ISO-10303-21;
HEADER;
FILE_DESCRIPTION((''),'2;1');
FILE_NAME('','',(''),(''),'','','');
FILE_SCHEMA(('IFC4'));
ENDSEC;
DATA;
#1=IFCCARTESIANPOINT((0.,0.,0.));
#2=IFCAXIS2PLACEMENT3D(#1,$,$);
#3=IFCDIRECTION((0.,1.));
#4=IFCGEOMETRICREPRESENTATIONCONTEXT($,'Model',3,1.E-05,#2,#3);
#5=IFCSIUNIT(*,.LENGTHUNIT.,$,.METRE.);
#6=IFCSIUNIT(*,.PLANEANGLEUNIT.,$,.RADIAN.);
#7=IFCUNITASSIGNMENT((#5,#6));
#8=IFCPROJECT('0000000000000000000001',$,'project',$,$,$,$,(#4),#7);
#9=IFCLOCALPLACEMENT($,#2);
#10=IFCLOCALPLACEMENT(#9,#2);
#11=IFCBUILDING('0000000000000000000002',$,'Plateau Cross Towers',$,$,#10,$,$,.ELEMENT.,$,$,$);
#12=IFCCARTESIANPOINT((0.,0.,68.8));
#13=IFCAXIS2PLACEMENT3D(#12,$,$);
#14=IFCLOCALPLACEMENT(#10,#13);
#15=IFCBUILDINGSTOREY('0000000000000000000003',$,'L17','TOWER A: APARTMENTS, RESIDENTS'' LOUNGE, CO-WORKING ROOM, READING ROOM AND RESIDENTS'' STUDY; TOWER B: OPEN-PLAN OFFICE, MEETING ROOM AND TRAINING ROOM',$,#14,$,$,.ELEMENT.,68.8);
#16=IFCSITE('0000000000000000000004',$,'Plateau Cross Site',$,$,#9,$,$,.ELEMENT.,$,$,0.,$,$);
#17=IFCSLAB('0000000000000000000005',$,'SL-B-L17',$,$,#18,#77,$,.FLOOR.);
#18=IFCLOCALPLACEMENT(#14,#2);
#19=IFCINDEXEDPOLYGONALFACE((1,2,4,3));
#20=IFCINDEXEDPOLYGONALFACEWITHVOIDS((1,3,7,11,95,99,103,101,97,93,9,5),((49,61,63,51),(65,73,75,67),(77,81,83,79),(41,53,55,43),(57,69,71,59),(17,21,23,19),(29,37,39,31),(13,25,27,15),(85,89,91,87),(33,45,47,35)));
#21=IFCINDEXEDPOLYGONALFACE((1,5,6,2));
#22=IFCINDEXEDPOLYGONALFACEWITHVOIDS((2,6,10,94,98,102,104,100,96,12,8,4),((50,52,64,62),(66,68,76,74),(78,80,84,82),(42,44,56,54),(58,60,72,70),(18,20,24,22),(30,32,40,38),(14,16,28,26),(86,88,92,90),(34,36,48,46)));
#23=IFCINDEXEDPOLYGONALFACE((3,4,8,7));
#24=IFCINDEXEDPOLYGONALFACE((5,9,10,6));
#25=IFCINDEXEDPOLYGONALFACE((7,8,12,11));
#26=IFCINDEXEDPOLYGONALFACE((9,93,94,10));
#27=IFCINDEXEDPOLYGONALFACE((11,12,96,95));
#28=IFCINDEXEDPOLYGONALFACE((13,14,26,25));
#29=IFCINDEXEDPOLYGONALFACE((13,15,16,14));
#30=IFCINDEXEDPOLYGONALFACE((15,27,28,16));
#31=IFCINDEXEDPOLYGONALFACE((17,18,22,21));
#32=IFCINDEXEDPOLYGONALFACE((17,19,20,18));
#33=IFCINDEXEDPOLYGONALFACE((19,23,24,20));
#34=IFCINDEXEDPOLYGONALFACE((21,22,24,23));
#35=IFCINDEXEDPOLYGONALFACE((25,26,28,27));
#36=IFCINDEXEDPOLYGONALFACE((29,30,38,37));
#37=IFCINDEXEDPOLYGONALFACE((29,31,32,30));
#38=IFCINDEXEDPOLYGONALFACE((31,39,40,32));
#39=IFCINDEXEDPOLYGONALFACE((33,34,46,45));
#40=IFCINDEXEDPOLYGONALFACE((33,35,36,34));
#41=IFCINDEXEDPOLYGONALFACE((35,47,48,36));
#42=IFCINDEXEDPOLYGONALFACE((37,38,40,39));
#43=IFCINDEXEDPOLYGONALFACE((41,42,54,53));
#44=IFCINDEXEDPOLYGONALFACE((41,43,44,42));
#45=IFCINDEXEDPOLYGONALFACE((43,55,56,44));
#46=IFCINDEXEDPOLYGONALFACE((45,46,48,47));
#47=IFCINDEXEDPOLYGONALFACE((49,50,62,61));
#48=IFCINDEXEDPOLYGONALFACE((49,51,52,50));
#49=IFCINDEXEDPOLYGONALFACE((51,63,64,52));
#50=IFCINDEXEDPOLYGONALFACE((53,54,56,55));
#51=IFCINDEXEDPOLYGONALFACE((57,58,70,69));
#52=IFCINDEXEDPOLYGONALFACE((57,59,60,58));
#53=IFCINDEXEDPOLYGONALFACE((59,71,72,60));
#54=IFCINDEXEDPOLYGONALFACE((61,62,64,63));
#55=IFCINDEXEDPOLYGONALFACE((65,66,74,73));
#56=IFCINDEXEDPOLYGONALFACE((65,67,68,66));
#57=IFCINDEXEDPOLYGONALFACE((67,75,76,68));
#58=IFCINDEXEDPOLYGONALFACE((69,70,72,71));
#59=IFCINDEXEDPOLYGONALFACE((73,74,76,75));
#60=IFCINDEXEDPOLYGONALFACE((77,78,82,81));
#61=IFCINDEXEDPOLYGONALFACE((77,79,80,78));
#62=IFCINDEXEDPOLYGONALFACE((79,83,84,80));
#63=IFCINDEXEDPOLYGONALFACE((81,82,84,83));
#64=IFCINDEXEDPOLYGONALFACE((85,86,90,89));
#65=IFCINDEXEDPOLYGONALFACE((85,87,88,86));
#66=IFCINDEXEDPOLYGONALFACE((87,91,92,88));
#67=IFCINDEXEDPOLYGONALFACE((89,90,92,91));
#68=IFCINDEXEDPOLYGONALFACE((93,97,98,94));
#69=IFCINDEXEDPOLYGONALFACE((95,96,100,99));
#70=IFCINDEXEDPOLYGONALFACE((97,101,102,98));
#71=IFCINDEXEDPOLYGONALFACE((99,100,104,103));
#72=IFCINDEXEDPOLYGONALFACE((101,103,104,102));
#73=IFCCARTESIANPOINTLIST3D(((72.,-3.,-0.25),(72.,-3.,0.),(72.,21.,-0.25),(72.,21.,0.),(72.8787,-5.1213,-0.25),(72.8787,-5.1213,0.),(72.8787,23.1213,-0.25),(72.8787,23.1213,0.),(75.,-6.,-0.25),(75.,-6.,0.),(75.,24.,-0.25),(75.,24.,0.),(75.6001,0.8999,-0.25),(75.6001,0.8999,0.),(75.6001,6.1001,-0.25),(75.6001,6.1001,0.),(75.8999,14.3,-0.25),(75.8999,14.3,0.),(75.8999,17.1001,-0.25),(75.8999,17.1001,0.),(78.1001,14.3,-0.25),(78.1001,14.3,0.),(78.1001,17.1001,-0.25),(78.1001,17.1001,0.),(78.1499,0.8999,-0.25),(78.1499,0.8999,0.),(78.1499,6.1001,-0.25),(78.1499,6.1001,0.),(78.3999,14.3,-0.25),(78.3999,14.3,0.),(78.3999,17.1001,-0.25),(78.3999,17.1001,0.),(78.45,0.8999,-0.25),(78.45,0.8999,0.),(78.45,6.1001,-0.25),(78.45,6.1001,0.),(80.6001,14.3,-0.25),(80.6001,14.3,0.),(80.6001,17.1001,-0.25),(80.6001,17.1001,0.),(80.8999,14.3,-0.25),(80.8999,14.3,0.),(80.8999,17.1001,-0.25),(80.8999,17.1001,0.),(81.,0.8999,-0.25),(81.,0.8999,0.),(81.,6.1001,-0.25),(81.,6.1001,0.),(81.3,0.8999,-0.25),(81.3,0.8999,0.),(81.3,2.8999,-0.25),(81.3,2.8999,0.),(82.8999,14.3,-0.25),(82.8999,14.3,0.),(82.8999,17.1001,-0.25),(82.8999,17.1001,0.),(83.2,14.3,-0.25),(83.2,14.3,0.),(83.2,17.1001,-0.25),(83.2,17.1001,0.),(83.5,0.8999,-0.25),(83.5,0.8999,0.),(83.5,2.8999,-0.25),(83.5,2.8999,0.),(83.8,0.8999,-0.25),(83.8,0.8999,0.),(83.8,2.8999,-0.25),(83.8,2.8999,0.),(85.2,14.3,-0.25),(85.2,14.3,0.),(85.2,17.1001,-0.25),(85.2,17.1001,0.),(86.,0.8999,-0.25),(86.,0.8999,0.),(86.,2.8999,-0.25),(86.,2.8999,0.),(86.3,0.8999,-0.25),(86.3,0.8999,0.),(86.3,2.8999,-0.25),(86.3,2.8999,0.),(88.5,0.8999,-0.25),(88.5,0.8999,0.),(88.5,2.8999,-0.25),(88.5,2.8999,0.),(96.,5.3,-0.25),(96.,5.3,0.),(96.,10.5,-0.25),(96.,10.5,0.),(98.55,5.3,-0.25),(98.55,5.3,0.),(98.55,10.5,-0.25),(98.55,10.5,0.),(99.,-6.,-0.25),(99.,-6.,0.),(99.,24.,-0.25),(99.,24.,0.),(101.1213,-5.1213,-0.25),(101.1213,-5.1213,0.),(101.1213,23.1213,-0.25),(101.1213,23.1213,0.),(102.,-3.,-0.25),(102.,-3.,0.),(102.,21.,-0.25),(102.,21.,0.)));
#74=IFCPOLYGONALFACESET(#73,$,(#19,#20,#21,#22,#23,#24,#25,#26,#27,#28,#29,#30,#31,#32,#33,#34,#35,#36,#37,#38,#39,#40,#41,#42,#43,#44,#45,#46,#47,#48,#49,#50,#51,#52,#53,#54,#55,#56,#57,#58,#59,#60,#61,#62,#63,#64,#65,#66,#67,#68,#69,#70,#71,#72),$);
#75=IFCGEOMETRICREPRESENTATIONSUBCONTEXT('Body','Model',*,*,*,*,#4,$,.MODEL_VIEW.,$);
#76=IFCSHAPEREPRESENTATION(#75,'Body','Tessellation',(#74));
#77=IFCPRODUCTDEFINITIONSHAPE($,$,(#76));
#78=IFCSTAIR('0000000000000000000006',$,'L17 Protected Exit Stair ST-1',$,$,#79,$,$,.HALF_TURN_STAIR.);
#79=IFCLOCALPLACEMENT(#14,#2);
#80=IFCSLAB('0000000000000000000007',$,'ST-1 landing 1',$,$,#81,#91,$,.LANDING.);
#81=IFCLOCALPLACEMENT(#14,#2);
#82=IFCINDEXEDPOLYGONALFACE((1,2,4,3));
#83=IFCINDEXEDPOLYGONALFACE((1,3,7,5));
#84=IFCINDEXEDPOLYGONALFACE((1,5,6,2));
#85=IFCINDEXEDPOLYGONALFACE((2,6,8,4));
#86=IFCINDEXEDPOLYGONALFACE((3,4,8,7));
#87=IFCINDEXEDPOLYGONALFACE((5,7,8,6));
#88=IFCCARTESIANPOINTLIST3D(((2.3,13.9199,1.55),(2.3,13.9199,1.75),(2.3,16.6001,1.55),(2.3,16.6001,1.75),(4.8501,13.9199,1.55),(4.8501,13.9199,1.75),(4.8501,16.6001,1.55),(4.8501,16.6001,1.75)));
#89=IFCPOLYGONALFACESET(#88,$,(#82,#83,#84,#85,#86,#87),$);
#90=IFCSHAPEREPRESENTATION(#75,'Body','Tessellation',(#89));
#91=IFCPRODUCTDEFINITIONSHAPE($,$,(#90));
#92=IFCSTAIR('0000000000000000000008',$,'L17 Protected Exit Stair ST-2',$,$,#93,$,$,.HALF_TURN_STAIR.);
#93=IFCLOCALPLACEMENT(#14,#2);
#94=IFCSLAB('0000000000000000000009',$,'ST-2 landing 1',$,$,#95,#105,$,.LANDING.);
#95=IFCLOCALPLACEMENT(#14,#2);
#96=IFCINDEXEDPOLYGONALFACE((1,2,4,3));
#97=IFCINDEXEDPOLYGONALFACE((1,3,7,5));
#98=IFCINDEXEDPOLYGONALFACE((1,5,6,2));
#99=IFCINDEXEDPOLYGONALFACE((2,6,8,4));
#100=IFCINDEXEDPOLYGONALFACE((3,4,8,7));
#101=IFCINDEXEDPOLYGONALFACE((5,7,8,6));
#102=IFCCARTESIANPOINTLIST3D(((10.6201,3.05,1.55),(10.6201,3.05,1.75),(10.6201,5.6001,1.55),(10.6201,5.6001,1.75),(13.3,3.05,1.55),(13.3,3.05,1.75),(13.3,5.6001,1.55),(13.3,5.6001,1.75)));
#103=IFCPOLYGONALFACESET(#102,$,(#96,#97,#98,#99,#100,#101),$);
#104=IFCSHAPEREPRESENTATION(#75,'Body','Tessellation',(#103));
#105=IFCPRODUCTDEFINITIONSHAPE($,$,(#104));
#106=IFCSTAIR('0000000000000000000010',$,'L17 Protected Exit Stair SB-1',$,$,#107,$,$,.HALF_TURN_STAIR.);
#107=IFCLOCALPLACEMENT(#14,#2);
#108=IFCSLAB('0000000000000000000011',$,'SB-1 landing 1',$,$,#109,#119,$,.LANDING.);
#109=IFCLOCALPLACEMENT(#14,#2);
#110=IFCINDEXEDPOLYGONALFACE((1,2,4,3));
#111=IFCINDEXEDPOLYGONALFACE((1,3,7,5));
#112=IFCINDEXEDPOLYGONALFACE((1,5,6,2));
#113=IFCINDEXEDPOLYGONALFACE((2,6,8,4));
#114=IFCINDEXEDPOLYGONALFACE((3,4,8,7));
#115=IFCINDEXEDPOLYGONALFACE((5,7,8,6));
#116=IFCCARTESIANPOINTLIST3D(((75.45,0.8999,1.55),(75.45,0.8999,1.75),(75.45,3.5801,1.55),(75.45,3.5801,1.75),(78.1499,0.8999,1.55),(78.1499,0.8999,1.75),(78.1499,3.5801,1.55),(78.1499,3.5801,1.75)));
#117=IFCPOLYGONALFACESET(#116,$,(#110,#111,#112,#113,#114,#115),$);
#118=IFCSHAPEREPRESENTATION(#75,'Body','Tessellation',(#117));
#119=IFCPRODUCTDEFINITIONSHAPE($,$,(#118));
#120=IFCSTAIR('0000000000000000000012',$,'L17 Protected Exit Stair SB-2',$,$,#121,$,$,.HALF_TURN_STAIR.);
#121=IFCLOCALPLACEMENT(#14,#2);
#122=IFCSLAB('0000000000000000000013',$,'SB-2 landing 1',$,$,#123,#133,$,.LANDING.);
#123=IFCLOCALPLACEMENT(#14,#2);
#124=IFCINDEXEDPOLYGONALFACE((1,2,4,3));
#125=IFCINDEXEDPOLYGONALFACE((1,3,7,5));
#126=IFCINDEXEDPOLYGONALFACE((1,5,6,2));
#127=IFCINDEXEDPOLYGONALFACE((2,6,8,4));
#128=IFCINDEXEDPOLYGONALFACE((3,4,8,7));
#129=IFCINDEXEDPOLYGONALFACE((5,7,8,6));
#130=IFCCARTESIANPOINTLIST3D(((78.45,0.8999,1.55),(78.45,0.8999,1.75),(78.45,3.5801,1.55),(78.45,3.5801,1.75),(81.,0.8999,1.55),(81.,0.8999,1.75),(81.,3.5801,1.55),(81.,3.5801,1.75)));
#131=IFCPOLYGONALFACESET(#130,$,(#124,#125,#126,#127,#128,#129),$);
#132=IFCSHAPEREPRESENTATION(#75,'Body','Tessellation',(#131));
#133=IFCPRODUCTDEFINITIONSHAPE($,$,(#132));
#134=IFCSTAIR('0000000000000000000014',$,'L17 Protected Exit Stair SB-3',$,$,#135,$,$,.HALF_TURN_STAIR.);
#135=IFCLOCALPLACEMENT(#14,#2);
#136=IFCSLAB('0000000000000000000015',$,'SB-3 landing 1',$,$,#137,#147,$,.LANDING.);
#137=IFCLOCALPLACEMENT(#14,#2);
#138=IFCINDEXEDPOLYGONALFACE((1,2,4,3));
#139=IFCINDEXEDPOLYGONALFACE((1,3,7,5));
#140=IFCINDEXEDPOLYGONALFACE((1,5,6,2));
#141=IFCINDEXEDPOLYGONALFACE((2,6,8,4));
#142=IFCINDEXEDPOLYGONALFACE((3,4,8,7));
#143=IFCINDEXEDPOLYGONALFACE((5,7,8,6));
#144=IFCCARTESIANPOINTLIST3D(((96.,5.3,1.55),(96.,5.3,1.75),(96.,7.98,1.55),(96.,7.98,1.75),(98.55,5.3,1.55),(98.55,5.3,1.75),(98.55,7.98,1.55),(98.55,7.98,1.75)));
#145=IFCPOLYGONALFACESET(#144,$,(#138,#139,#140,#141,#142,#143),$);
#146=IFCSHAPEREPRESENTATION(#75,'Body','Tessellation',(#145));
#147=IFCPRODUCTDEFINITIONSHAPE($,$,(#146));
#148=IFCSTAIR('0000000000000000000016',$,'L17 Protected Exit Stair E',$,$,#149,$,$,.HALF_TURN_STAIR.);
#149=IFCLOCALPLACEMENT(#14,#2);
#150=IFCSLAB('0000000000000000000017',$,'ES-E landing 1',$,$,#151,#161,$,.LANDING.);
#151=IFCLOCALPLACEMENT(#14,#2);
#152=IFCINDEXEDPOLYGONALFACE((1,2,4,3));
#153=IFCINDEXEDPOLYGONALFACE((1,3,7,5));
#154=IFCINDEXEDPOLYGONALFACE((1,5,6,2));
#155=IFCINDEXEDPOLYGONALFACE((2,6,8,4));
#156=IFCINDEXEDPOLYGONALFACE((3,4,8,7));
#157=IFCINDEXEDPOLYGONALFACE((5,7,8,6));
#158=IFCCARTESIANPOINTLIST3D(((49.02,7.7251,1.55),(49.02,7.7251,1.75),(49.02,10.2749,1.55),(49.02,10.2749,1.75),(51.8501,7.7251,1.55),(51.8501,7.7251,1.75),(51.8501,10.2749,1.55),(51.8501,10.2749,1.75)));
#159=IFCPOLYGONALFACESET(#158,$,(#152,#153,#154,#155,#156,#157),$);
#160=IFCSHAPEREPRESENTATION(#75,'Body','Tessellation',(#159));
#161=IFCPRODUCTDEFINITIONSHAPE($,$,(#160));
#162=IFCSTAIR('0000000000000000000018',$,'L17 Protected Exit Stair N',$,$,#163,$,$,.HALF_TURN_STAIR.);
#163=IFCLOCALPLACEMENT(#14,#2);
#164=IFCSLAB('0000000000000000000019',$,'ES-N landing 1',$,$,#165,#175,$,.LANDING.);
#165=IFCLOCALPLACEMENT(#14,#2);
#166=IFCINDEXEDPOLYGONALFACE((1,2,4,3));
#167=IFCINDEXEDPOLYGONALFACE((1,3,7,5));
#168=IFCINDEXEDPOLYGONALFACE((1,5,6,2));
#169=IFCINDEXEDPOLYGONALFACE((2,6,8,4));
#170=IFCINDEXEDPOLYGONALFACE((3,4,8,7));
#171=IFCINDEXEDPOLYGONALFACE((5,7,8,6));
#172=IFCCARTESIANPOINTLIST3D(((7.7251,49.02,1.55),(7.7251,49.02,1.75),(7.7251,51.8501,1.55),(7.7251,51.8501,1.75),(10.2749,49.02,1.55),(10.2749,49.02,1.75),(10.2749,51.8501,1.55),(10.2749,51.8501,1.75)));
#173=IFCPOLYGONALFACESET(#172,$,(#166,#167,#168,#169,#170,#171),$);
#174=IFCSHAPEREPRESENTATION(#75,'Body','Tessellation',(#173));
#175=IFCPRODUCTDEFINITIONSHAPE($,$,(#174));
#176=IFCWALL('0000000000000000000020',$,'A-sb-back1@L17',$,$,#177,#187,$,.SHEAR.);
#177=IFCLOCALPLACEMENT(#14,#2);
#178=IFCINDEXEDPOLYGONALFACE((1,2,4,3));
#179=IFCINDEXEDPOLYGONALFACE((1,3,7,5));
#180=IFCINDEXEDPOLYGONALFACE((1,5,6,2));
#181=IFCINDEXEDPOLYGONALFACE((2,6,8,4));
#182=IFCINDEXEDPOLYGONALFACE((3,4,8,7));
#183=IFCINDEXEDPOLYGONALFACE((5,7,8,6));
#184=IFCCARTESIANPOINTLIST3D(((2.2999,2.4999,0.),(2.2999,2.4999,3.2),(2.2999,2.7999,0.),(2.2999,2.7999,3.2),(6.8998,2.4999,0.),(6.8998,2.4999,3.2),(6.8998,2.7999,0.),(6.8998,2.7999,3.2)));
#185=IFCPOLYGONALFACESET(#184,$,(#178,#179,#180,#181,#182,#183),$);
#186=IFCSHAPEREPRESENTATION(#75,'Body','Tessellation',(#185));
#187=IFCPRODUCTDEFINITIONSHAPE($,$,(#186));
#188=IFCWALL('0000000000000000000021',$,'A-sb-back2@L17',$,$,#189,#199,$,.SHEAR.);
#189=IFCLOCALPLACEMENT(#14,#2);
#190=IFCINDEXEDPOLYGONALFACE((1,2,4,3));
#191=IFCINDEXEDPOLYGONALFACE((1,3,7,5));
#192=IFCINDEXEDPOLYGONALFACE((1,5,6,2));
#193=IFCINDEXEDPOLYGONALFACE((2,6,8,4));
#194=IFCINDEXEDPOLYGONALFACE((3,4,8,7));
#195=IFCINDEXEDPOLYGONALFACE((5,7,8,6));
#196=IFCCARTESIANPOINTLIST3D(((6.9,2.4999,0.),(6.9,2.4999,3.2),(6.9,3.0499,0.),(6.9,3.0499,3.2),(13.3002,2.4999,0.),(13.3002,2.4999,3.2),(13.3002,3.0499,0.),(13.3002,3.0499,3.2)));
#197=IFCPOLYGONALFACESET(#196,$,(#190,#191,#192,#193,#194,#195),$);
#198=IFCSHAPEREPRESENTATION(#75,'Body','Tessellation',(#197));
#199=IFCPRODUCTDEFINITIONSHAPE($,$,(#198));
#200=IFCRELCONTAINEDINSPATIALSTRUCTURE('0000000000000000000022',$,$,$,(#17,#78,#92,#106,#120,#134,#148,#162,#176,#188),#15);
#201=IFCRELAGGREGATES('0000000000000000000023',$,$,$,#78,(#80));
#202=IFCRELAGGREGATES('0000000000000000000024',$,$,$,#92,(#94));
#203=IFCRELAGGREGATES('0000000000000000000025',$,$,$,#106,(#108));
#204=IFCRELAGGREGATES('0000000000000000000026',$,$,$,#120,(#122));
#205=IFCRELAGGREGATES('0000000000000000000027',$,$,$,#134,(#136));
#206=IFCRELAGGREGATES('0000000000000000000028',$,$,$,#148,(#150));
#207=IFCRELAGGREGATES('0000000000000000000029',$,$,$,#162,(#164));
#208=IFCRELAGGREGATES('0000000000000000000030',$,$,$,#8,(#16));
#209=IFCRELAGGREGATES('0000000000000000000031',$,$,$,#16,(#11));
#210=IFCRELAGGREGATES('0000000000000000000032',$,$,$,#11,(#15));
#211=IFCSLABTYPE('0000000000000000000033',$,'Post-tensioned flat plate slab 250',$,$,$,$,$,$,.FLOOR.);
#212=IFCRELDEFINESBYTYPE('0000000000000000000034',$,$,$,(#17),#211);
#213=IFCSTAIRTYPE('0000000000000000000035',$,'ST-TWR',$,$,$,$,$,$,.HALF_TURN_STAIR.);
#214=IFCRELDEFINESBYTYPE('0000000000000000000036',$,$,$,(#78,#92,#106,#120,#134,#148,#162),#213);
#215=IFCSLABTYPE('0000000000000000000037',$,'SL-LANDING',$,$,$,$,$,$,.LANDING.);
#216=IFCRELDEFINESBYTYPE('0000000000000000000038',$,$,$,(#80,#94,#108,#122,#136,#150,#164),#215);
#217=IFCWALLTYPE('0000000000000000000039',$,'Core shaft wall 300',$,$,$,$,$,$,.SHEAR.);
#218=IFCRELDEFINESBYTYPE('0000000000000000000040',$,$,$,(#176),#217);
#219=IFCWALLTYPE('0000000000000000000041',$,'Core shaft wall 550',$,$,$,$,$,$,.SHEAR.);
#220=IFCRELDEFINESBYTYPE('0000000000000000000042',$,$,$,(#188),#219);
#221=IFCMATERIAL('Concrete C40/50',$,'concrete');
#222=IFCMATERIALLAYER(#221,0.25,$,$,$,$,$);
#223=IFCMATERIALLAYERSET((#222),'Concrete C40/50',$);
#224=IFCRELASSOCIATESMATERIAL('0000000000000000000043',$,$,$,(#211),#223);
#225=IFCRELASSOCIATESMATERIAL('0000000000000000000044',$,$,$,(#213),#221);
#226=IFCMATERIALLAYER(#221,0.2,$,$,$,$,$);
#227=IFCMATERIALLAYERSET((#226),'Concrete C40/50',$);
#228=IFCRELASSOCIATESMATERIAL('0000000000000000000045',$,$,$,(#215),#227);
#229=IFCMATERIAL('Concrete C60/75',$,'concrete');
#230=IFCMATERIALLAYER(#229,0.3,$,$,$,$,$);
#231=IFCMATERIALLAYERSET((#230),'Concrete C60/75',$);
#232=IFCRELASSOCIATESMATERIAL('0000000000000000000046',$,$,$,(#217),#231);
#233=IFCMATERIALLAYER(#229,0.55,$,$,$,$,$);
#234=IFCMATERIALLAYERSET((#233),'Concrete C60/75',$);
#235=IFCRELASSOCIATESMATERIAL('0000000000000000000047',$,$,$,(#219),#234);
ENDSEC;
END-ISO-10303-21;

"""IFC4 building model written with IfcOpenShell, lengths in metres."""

from ifc_helpers import new_model, si_unit, direction, frame, frame_2d, origin, place, context, subcontext, project, spatial, polyline, rectangle, outline, extrude, material, layer, layer_set, type_object, element, aggregate, save


model = new_model("IFC4")

# Units and contexts
model_context = context("Model", 3, precision=1e-05, world=origin(), true_north=direction((0.0, 1.0)))
body_context = subcontext(model_context, "Body", "Model", "MODEL_VIEW")
ifc_project = project(units=[si_unit("LENGTHUNIT", "METRE"), si_unit("PLANEANGLEUNIT", "RADIAN")], contexts=[model_context])

# Site, building, storey
site_placement = place(None, origin())
site = spatial("IfcSite", under=ifc_project, at=site_placement, Name="Plateau Cross Site", CompositionType="ELEMENT", RefElevation=0.0)
building_placement = place(site_placement, origin())
building = spatial("IfcBuilding", under=site, at=building_placement, Name="Plateau Cross Towers", CompositionType="ELEMENT")
storey_placement = place(building_placement, frame((0.0, 0.0, 68.8)))
storey = spatial("IfcBuildingStorey", under=building, at=storey_placement, Name="L17", Description="TOWER A: APARTMENTS, RESIDENTS' LOUNGE, CO-WORKING ROOM, READING ROOM AND RESIDENTS' STUDY; TOWER B: OPEN-PLAN OFFICE, MEETING ROOM AND TRAINING ROOM", CompositionType="ELEMENT", Elevation=68.8)

# Shared definitions
ifc_material_1 = material(Name="Concrete C60/75", Category="concrete")

# Shared definitions
ifc_material_2 = material(Name="Concrete C40/50", Category="concrete")

# Slab
ifc_layer_1 = layer(ifc_material_2, 0.25)
ifc_layer_set_1 = layer_set([ifc_layer_1], Name="Concrete C40/50")
slab_type_1 = type_object("IfcSlabType", Name="Post-tensioned flat plate slab 250", PredefinedType="FLOOR", material=ifc_layer_set_1)
slab_1_placement = place(storey_placement, frame((0.0, 0.0, -0.25)))
element("IfcSlab", 1, at=slab_1_placement, inside=storey, type_object=slab_type_1, Name="SL-B-L17", PredefinedType="FLOOR", context=body_context, shape_type="SweptSolid", body=[
    extrude(outline(polyline([(72.8787, -5.1213), (72.0, -3.0), (72.0, 21.0), (72.8787, 23.1213), (75.0, 24.0), (99.0, 24.0), (101.1213, 23.1213), (102.0, 21.0), (102.0, -3.0), (101.1213, -5.1213), (99.0, -6.0), (75.0, -6.0), (72.8787, -5.1213)]), holes=[polyline([(75.6001, 0.8999), (78.1499, 0.8999), (78.1499, 6.1001), (75.6001, 6.1001), (75.6001, 0.8999)]), polyline([(78.1001, 14.3), (78.1001, 17.1001), (75.8999, 17.1001), (75.8999, 14.3), (78.1001, 14.3)]), polyline([(83.5, 0.8999), (83.5, 2.8999), (81.3, 2.8999), (81.3, 0.8999), (83.5, 0.8999)]), polyline([(86.0, 0.8999), (86.0, 2.8999), (83.8, 2.8999), (83.8, 0.8999), (86.0, 0.8999)]), polyline([(88.5, 0.8999), (88.5, 2.8999), (86.3, 2.8999), (86.3, 0.8999), (88.5, 0.8999)]), polyline([(78.45, 0.8999), (81.0, 0.8999), (81.0, 6.1001), (78.45, 6.1001), (78.45, 0.8999)]), polyline([(96.0, 5.3), (98.55, 5.3), (98.55, 10.5), (96.0, 10.5), (96.0, 5.3)]), polyline([(80.6001, 14.3), (80.6001, 17.1001), (78.3999, 17.1001), (78.3999, 14.3), (80.6001, 14.3)]), polyline([(80.8999, 14.3), (82.8999, 14.3), (82.8999, 17.1001), (80.8999, 17.1001), (80.8999, 14.3)]), polyline([(83.2, 14.3), (85.2, 14.3), (85.2, 17.1001), (83.2, 17.1001), (83.2, 14.3)])]), origin(), (0.0, 0.0, 1.0), 0.25),
])

# Stairs, slabs
stair_type = type_object("IfcStairType", Name="ST-TWR", PredefinedType="HALF_TURN_STAIR", material=ifc_material_2)
stair_1_placement = place(storey_placement, origin())
stair_1 = element("IfcStair", 2, at=stair_1_placement, inside=storey, type_object=stair_type, Name="L17 Protected Exit Stair ST-1", PredefinedType="HALF_TURN_STAIR")
ifc_layer_2 = layer(ifc_material_2, 0.2)
ifc_layer_set_2 = layer_set([ifc_layer_2], Name="Concrete C40/50")
slab_type_2 = type_object("IfcSlabType", Name="SL-LANDING", PredefinedType="LANDING", material=ifc_layer_set_2)
slab_2_placement = place(storey_placement, frame((0.0, 0.0, 1.55)))
slab_2 = element("IfcSlab", 3, at=slab_2_placement, type_object=slab_type_2, Name="ST-1 landing 1", PredefinedType="LANDING", context=body_context, shape_type="SweptSolid", body=[
    extrude(outline(polyline([(4.8501, 13.9199), (4.8501, 16.6001), (2.3, 16.6001), (2.3, 13.9199), (4.8501, 13.9199)])), origin(), (0.0, 0.0, 1.0), 0.2),
])
aggregate(stair_1, [slab_2])
stair_2_placement = place(storey_placement, origin())
stair_2 = element("IfcStair", 4, at=stair_2_placement, inside=storey, type_object=stair_type, Name="L17 Protected Exit Stair ST-2", PredefinedType="HALF_TURN_STAIR")
slab_3_placement = place(storey_placement, frame((0.0, 0.0, 1.55)))
slab_3 = element("IfcSlab", 5, at=slab_3_placement, type_object=slab_type_2, Name="ST-2 landing 1", PredefinedType="LANDING", context=body_context, shape_type="SweptSolid", body=[
    extrude(outline(polyline([(10.6201, 3.05), (13.3, 3.05), (13.3, 5.6001), (10.6201, 5.6001), (10.6201, 3.05)])), origin(), (0.0, 0.0, 1.0), 0.2),
])
aggregate(stair_2, [slab_3])
stair_3_placement = place(storey_placement, origin())
stair_3 = element("IfcStair", 6, at=stair_3_placement, inside=storey, type_object=stair_type, Name="L17 Protected Exit Stair SB-1", PredefinedType="HALF_TURN_STAIR")
slab_4_placement = place(storey_placement, frame((0.0, 0.0, 1.55)))
slab_4 = element("IfcSlab", 7, at=slab_4_placement, type_object=slab_type_2, Name="SB-1 landing 1", PredefinedType="LANDING", context=body_context, shape_type="SweptSolid", body=[
    extrude(outline(polyline([(75.45, 3.5801), (75.45, 0.8999), (78.1499, 0.8999), (78.1499, 3.5801), (75.45, 3.5801)])), origin(), (0.0, 0.0, 1.0), 0.2),
])
aggregate(stair_3, [slab_4])
stair_4_placement = place(storey_placement, origin())
stair_4 = element("IfcStair", 8, at=stair_4_placement, inside=storey, type_object=stair_type, Name="L17 Protected Exit Stair SB-2", PredefinedType="HALF_TURN_STAIR")
slab_5_placement = place(storey_placement, frame((0.0, 0.0, 1.55)))
slab_5 = element("IfcSlab", 9, at=slab_5_placement, type_object=slab_type_2, Name="SB-2 landing 1", PredefinedType="LANDING", context=body_context, shape_type="SweptSolid", body=[
    extrude(outline(polyline([(78.45, 3.5801), (78.45, 0.8999), (81.0, 0.8999), (81.0, 3.5801), (78.45, 3.5801)])), origin(), (0.0, 0.0, 1.0), 0.2),
])
aggregate(stair_4, [slab_5])
stair_5_placement = place(storey_placement, origin())
stair_5 = element("IfcStair", 10, at=stair_5_placement, inside=storey, type_object=stair_type, Name="L17 Protected Exit Stair SB-3", PredefinedType="HALF_TURN_STAIR")
slab_6_placement = place(storey_placement, frame((0.0, 0.0, 1.55)))
slab_6 = element("IfcSlab", 11, at=slab_6_placement, type_object=slab_type_2, Name="SB-3 landing 1", PredefinedType="LANDING", context=body_context, shape_type="SweptSolid", body=[
    extrude(outline(polyline([(96.0, 7.98), (96.0, 5.3), (98.55, 5.3), (98.55, 7.98), (96.0, 7.98)])), origin(), (0.0, 0.0, 1.0), 0.2),
])
aggregate(stair_5, [slab_6])
stair_6_placement = place(storey_placement, origin())
stair_6 = element("IfcStair", 12, at=stair_6_placement, inside=storey, type_object=stair_type, Name="L17 Protected Exit Stair E", PredefinedType="HALF_TURN_STAIR")
slab_7_placement = place(storey_placement, frame((0.0, 0.0, 1.55)))
slab_7 = element("IfcSlab", 13, at=slab_7_placement, type_object=slab_type_2, Name="ES-E landing 1", PredefinedType="LANDING", context=body_context, shape_type="SweptSolid", body=[
    extrude(outline(polyline([(49.02, 7.7251), (51.8501, 7.7251), (51.8501, 10.2749), (49.02, 10.2749), (49.02, 7.7251)])), origin(), (0.0, 0.0, 1.0), 0.2),
])
aggregate(stair_6, [slab_7])
stair_7_placement = place(storey_placement, origin())
stair_7 = element("IfcStair", 14, at=stair_7_placement, inside=storey, type_object=stair_type, Name="L17 Protected Exit Stair N", PredefinedType="HALF_TURN_STAIR")
slab_8_placement = place(storey_placement, frame((0.0, 0.0, 1.55)))
slab_8 = element("IfcSlab", 15, at=slab_8_placement, type_object=slab_type_2, Name="ES-N landing 1", PredefinedType="LANDING", context=body_context, shape_type="SweptSolid", body=[
    extrude(outline(polyline([(10.2749, 49.02), (10.2749, 51.8501), (7.7251, 51.8501), (7.7251, 49.02), (10.2749, 49.02)])), origin(), (0.0, 0.0, 1.0), 0.2),
])
aggregate(stair_7, [slab_8])

# Walls
ifc_layer_3 = layer(ifc_material_1, 0.3)
ifc_layer_set_3 = layer_set([ifc_layer_3], Name="Concrete C60/75")
wall_type_1 = type_object("IfcWallType", Name="Core shaft wall 300", PredefinedType="SHEAR", material=ifc_layer_set_3)
wall_1_placement = place(storey_placement, frame((2.3, 2.6499, 0.0), z_axis=(0.0, 0.0, 1.0), x_axis=(1.0, 0.0, 0.0)))
element("IfcWall", 16, at=wall_1_placement, inside=storey, type_object=wall_type_1, Name="A-sb-back1@L17", PredefinedType="SHEAR", context=body_context, shape_type="SweptSolid", body=[
    extrude(rectangle(XDim=4.5999, YDim=0.3, at=frame_2d((2.2998, 0.0))), origin(), (0.0, 0.0, 1.0), 3.2),
])
ifc_layer_4 = layer(ifc_material_1, 0.55)
ifc_layer_set_4 = layer_set([ifc_layer_4], Name="Concrete C60/75")
wall_type_2 = type_object("IfcWallType", Name="Core shaft wall 550", PredefinedType="SHEAR", material=ifc_layer_set_4)
wall_2_placement = place(storey_placement, frame((6.8999, 2.7749, 0.0), z_axis=(0.0, 0.0, 1.0), x_axis=(1.0, 0.0, 0.0)))
element("IfcWall", 17, at=wall_2_placement, inside=storey, type_object=wall_type_2, Name="A-sb-back2@L17", PredefinedType="SHEAR", context=body_context, shape_type="SweptSolid", body=[
    extrude(rectangle(XDim=6.4001, YDim=0.55, at=frame_2d((3.2002, 0.0))), origin(), (0.0, 0.0, 1.0), 3.2),
])

save(model, "model.ifc")
